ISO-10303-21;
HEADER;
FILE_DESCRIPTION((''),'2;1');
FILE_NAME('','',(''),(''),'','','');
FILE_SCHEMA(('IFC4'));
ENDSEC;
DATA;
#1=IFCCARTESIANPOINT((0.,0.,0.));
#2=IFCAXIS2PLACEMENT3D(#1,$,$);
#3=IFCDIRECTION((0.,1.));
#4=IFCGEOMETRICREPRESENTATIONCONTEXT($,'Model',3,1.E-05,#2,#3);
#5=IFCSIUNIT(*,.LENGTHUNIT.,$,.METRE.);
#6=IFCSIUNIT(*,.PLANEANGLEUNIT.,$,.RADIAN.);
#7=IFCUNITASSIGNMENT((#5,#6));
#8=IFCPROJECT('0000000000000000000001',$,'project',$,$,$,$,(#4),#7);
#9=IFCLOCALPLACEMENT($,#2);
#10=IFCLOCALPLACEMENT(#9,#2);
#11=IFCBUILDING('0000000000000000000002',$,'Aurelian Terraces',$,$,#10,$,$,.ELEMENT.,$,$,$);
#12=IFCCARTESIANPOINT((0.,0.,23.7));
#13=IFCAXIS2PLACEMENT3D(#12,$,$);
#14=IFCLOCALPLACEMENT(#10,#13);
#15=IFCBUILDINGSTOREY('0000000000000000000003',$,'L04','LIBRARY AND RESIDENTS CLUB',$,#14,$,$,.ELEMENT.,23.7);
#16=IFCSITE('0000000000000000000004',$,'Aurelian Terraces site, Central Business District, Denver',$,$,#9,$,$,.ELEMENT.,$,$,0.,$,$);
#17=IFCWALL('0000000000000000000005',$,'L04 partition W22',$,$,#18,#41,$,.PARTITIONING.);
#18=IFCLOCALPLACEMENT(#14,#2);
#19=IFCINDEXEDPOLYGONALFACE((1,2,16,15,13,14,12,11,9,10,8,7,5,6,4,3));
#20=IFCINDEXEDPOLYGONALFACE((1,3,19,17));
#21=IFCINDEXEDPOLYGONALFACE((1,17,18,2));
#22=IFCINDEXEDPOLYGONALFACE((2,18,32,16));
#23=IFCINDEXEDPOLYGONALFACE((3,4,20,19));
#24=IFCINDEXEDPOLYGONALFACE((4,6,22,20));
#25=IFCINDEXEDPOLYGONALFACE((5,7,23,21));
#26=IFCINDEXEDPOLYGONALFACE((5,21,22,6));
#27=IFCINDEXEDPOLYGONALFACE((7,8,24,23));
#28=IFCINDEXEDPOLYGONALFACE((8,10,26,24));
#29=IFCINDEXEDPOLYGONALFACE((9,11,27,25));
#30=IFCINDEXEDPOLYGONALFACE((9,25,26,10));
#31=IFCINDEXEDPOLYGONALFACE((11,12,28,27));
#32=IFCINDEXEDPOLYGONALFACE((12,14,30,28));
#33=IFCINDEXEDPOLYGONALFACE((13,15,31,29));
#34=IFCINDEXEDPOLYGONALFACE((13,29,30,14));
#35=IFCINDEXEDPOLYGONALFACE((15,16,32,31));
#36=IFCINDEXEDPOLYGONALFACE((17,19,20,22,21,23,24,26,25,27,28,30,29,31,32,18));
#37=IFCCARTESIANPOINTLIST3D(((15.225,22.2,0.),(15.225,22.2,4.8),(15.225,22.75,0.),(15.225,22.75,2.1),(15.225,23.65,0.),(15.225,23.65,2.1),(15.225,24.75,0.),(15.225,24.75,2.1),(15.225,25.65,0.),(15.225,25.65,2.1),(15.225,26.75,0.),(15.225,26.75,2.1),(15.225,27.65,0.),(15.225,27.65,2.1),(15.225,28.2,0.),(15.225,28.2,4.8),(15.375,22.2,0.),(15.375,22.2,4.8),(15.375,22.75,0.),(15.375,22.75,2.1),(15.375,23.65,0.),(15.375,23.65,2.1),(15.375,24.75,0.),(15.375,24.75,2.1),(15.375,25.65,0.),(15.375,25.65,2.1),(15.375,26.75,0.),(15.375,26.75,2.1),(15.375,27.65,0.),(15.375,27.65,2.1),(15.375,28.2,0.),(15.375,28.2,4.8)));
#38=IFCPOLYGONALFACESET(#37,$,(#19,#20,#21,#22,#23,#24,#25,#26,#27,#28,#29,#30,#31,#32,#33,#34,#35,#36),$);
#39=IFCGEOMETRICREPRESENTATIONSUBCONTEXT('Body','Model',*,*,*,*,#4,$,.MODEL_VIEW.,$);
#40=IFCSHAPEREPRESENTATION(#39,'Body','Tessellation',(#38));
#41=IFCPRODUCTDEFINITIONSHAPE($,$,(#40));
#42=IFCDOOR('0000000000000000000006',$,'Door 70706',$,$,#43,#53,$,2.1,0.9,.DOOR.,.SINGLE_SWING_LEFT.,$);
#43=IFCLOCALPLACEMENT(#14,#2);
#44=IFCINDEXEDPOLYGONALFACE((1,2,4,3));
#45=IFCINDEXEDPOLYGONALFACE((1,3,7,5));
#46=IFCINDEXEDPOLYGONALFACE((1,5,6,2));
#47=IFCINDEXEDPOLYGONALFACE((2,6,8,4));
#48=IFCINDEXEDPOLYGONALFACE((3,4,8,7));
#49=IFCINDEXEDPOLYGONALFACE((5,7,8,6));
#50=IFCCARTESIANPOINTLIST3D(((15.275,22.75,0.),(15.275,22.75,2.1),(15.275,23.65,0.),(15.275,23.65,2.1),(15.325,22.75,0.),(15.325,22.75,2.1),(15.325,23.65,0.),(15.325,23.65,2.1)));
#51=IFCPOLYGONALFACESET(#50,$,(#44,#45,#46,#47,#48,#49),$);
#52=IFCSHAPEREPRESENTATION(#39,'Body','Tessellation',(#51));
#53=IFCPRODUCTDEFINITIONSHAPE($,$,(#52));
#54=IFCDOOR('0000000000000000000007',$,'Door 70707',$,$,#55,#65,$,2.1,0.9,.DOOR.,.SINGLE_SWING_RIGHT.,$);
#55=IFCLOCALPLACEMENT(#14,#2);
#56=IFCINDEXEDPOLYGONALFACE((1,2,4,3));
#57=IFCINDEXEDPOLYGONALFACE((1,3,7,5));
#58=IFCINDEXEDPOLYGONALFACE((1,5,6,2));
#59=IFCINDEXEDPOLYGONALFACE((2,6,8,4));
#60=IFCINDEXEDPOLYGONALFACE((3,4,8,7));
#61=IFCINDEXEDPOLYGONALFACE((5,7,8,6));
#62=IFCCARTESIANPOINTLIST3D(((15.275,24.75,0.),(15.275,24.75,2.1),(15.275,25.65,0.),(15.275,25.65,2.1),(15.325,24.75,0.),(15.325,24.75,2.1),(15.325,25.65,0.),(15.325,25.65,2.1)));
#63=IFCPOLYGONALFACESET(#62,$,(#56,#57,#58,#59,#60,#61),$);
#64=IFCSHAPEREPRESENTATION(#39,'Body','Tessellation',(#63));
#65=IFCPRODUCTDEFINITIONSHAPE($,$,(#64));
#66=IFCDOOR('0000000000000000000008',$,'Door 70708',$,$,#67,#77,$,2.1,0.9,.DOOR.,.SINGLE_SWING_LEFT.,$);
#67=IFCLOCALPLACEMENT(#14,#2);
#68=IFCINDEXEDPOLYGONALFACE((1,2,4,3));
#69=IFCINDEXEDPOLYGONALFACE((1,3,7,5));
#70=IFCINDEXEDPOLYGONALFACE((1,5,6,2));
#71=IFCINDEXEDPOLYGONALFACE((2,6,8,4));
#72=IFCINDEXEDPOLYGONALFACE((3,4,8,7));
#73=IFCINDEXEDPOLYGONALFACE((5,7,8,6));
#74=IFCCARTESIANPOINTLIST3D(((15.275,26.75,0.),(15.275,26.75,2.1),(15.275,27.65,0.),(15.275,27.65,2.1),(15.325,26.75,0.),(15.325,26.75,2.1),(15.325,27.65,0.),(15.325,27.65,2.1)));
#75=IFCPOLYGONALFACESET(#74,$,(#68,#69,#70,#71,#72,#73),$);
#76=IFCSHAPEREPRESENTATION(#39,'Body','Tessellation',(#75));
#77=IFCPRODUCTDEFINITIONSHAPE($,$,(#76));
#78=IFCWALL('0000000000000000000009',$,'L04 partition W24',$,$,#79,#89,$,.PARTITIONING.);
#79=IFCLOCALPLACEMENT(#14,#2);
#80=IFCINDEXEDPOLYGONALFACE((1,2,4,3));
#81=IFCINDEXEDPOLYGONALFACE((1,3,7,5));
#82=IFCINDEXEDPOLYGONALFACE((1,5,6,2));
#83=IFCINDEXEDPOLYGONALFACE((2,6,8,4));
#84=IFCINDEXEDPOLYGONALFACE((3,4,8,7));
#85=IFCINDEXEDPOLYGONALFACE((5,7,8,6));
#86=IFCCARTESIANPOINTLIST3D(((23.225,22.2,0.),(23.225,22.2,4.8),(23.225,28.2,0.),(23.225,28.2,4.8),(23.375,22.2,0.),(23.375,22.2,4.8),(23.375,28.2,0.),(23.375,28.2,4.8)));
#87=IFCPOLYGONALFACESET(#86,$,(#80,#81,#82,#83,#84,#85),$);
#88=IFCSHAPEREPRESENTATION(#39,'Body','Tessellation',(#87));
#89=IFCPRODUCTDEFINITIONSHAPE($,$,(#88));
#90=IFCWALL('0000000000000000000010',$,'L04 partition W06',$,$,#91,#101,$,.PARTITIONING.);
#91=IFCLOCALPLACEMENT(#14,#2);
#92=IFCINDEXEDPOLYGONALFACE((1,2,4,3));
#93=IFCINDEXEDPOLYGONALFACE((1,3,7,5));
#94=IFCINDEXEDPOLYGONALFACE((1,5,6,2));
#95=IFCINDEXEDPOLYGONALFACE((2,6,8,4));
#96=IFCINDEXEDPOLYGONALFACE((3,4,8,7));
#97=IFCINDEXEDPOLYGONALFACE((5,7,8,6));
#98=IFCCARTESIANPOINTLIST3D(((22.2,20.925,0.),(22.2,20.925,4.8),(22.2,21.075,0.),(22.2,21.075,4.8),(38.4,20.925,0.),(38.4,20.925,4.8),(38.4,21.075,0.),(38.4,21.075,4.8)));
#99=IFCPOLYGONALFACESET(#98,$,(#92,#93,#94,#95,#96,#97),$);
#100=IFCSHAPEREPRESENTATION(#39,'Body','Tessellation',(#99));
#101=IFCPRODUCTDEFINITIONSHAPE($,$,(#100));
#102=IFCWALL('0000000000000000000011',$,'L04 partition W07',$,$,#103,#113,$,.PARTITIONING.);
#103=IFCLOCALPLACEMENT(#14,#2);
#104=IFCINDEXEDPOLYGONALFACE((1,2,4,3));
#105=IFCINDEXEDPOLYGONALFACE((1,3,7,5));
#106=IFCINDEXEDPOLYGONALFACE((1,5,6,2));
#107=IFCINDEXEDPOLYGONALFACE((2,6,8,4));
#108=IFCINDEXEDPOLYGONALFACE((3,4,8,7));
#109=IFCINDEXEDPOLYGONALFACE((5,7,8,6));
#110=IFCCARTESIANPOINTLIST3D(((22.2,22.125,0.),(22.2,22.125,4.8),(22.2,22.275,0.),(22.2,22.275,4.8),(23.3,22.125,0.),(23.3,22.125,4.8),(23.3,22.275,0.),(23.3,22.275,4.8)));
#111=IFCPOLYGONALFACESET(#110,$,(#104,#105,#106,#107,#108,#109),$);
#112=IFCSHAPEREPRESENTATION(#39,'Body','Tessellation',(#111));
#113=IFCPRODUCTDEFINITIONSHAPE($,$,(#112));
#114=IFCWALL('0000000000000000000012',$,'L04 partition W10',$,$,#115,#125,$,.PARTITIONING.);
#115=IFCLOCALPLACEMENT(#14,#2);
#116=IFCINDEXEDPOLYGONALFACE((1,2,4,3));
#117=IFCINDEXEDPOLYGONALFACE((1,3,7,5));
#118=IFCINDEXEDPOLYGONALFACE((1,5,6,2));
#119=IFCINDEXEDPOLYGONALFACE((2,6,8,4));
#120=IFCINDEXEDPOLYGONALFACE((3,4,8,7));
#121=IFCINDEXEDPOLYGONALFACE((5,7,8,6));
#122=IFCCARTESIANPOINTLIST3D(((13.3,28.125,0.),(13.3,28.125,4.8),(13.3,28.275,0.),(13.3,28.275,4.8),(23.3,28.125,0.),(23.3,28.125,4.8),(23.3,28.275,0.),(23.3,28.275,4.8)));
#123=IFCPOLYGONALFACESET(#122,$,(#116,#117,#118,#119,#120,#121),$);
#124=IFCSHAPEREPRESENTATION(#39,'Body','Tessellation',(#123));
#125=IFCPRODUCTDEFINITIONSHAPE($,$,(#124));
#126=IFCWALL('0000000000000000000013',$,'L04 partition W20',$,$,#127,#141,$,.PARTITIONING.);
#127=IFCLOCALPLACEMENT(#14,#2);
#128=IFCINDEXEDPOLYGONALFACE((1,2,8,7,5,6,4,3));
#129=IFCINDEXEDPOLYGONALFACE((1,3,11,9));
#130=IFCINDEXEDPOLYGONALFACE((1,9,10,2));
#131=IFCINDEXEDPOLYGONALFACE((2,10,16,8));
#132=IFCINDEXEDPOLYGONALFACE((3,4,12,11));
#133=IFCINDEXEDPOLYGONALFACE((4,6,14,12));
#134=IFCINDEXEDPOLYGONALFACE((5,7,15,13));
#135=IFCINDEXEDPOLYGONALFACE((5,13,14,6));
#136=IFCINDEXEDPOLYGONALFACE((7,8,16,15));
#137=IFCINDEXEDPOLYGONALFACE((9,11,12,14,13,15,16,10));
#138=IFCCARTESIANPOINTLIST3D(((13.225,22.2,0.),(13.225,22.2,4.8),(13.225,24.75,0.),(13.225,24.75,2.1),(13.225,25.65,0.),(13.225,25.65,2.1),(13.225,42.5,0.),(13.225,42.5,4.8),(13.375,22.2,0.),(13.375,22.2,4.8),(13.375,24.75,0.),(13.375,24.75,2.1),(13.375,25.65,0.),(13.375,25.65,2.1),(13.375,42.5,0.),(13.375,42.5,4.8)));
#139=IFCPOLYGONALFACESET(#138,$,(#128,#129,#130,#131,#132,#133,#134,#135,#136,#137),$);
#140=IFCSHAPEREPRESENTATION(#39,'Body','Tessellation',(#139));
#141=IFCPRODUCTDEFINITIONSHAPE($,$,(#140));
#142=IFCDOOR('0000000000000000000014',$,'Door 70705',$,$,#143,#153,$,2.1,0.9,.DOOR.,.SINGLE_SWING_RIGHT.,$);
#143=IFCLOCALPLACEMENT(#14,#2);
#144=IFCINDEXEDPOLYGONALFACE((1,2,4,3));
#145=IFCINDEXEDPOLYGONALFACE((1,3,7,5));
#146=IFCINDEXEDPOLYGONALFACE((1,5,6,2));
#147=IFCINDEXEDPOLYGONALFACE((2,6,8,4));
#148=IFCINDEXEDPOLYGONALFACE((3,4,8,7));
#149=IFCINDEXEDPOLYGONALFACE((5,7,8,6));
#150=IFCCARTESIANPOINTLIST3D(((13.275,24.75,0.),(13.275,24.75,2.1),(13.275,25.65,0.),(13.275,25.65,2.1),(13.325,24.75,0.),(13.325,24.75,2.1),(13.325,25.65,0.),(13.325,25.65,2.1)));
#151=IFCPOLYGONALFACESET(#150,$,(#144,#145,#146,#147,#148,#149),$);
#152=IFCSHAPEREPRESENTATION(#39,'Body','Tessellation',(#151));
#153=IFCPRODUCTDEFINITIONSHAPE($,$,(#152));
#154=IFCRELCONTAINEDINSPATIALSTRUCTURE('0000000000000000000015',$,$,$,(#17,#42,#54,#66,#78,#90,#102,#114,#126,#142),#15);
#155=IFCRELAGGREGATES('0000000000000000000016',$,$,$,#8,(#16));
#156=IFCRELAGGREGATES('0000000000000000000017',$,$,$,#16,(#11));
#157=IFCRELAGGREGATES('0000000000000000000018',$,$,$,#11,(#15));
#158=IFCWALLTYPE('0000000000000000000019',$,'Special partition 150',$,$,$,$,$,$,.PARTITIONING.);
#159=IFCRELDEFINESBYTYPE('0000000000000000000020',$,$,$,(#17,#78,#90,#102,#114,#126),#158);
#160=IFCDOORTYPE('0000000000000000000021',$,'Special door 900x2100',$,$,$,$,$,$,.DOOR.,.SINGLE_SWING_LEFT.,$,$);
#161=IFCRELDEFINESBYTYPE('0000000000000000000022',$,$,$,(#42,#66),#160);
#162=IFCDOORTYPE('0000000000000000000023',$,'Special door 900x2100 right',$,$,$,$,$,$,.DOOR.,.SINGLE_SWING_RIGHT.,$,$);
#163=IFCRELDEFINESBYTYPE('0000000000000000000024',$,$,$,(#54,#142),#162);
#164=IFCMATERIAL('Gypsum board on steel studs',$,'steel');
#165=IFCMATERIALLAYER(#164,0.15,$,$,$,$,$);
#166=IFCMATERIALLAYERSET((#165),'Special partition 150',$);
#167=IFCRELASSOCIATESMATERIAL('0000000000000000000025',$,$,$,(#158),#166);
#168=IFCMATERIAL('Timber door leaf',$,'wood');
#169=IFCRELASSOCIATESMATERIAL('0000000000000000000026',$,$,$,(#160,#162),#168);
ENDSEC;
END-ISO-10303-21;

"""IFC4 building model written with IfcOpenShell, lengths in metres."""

from ifc_helpers import new_model, si_unit, direction, frame, frame_2d, origin, place, context, subcontext, project, spatial, rectangle, extrude, source, transform, mapped, material, layer, layer_set, type_object, element, fill, save


model = new_model("IFC4")

# Units and contexts
model_context = context("Model", 3, precision=1e-05, world=origin(), true_north=direction((0.0, 1.0)))
body_context = subcontext(model_context, "Body", "Model", "MODEL_VIEW")
ifc_project = project(units=[si_unit("LENGTHUNIT", "METRE"), si_unit("PLANEANGLEUNIT", "RADIAN")], contexts=[model_context])

# Site, building, storey
site_placement = place(None, origin())
site = spatial("IfcSite", under=ifc_project, at=site_placement, Name="Aurelian Terraces site, Central Business District, Denver", CompositionType="ELEMENT", RefElevation=0.0)
building_placement = place(site_placement, origin())
building = spatial("IfcBuilding", under=site, at=building_placement, Name="Aurelian Terraces", CompositionType="ELEMENT")
storey_placement = place(building_placement, frame((0.0, 0.0, 23.7)))
storey = spatial("IfcBuildingStorey", under=building, at=storey_placement, Name="L04", Description="LIBRARY AND RESIDENTS CLUB", CompositionType="ELEMENT", Elevation=23.7)

# Shared definitions
ifc_material_1 = material(Name="Gypsum board on steel studs", Category="steel")
ifc_layer_1 = layer(ifc_material_1, 0.15)
ifc_layer_set_1 = layer_set([ifc_layer_1], Name="Special partition 150")
wall_type_1 = type_object("IfcWallType", Name="Special partition 150", PredefinedType="PARTITIONING", material=ifc_layer_set_1)

# Wall, openings, doors
shared_shape_1 = source(origin(), body_context, "Body", "SweptSolid", [
    extrude(rectangle(XDim=6.0, YDim=0.15, at=frame_2d((3.0, 0.0))), origin(), (0.0, 0.0, 1.0), 4.8),
])
wall_1_placement = place(storey_placement, frame((15.3, 22.2, 0.0), z_axis=(0.0, 0.0, 1.0), x_axis=(0.0, 1.0, 0.0)))
wall_1 = element("IfcWall", 1, at=wall_1_placement, inside=storey, type_object=wall_type_1, Name="L04 partition W22", PredefinedType="PARTITIONING", context=body_context, shape_type="MappedRepresentation", body=[
    mapped(shared_shape_1, transform((0.0, 0.0, 0.0), scale=1.0)),
])
shared_shape_2 = source(origin(), body_context, "Body", "SweptSolid", [
    extrude(rectangle(XDim=0.9, YDim=2.1, at=frame_2d((0.45, 1.05))), frame((0.0, 0.085, 0.0), z_axis=(0.0, -1.0, 0.0), x_axis=(1.0, 0.0, 0.0)), (0.0, 0.0, 1.0), 0.17),
])
opening_1_placement = place(wall_1_placement, frame((0.55, 0.0, 0.0)))
opening_1 = element("IfcOpeningElement", 2, at=opening_1_placement, cuts=wall_1, PredefinedType="OPENING", context=body_context, shape_type="MappedRepresentation", body=[
    mapped(shared_shape_2, transform((0.0, 0.0, 0.0), scale=1.0)),
])
opening_2_placement = place(wall_1_placement, frame((2.55, 0.0, 0.0)))
opening_2 = element("IfcOpeningElement", 3, at=opening_2_placement, cuts=wall_1, PredefinedType="OPENING", context=body_context, shape_type="MappedRepresentation", body=[
    mapped(shared_shape_2, transform((0.0, 0.0, 0.0), scale=1.0)),
])
opening_3_placement = place(wall_1_placement, frame((4.55, 0.0, 0.0)))
opening_3 = element("IfcOpeningElement", 4, at=opening_3_placement, cuts=wall_1, PredefinedType="OPENING", context=body_context, shape_type="MappedRepresentation", body=[
    mapped(shared_shape_2, transform((0.0, 0.0, 0.0), scale=1.0)),
])
ifc_material_2 = material(Name="Timber door leaf", Category="wood")
door_type_1 = type_object("IfcDoorType", Name="Special door 900x2100", OperationType="SINGLE_SWING_LEFT", PredefinedType="DOOR", material=ifc_material_2)
shared_shape_3 = source(origin(), body_context, "Body", "SweptSolid", [
    extrude(rectangle(XDim=0.9, YDim=2.1, at=frame_2d((0.45, 1.05))), frame((0.0, 0.025, 0.0), z_axis=(0.0, -1.0, 0.0), x_axis=(1.0, 0.0, 0.0)), (0.0, 0.0, 1.0), 0.05),
])
door_1_placement = place(opening_1_placement, origin())
door_1 = element("IfcDoor", 5, at=door_1_placement, inside=storey, type_object=door_type_1, Name="Door 70706", OperationType="SINGLE_SWING_LEFT", OverallHeight=2.1, OverallWidth=0.9, PredefinedType="DOOR", context=body_context, shape_type="MappedRepresentation", body=[
    mapped(shared_shape_3, transform((0.0, 0.0, 0.0), scale=1.0)),
])
fill(opening_1, door_1)
door_type_2 = type_object("IfcDoorType", Name="Special door 900x2100 right", OperationType="SINGLE_SWING_RIGHT", PredefinedType="DOOR", material=ifc_material_2)
door_2_placement = place(opening_2_placement, origin())
door_2 = element("IfcDoor", 6, at=door_2_placement, inside=storey, type_object=door_type_2, Name="Door 70707", OperationType="SINGLE_SWING_RIGHT", OverallHeight=2.1, OverallWidth=0.9, PredefinedType="DOOR", context=body_context, shape_type="MappedRepresentation", body=[
    mapped(shared_shape_3, transform((0.0, 0.0, 0.0), scale=1.0)),
])
fill(opening_2, door_2)
door_3_placement = place(opening_3_placement, origin())
door_3 = element("IfcDoor", 7, at=door_3_placement, inside=storey, type_object=door_type_1, Name="Door 70708", OperationType="SINGLE_SWING_LEFT", OverallHeight=2.1, OverallWidth=0.9, PredefinedType="DOOR", context=body_context, shape_type="MappedRepresentation", body=[
    mapped(shared_shape_3, transform((0.0, 0.0, 0.0), scale=1.0)),
])
fill(opening_3, door_3)

# Walls
wall_2_placement = place(storey_placement, frame((23.3, 22.2, 0.0), z_axis=(0.0, 0.0, 1.0), x_axis=(0.0, 1.0, 0.0)))
element("IfcWall", 8, at=wall_2_placement, inside=storey, type_object=wall_type_1, Name="L04 partition W24", PredefinedType="PARTITIONING", context=body_context, shape_type="MappedRepresentation", body=[
    mapped(shared_shape_1, transform((0.0, 0.0, 0.0), scale=1.0)),
])
shared_shape_4 = source(origin(), body_context, "Body", "SweptSolid", [
    extrude(rectangle(XDim=16.2, YDim=0.15, at=frame_2d((8.1, 0.0))), origin(), (0.0, 0.0, 1.0), 4.8),
])
wall_3_placement = place(storey_placement, frame((22.2, 21.0, 0.0), z_axis=(0.0, 0.0, 1.0), x_axis=(1.0, 0.0, 0.0)))
element("IfcWall", 9, at=wall_3_placement, inside=storey, type_object=wall_type_1, Name="L04 partition W06", PredefinedType="PARTITIONING", context=body_context, shape_type="MappedRepresentation", body=[
    mapped(shared_shape_4, transform((0.0, 0.0, 0.0), scale=1.0)),
])
shared_shape_5 = source(origin(), body_context, "Body", "SweptSolid", [
    extrude(rectangle(XDim=1.1, YDim=0.15, at=frame_2d((0.55, 0.0))), origin(), (0.0, 0.0, 1.0), 4.8),
])
wall_4_placement = place(storey_placement, frame((22.2, 22.2, 0.0), z_axis=(0.0, 0.0, 1.0), x_axis=(1.0, 0.0, 0.0)))
element("IfcWall", 10, at=wall_4_placement, inside=storey, type_object=wall_type_1, Name="L04 partition W07", PredefinedType="PARTITIONING", context=body_context, shape_type="MappedRepresentation", body=[
    mapped(shared_shape_5, transform((0.0, 0.0, 0.0), scale=1.0)),
])
shared_shape_6 = source(origin(), body_context, "Body", "SweptSolid", [
    extrude(rectangle(XDim=10.0, YDim=0.15, at=frame_2d((5.0, 0.0))), origin(), (0.0, 0.0, 1.0), 4.8),
])
wall_5_placement = place(storey_placement, frame((13.3, 28.2, 0.0), z_axis=(0.0, 0.0, 1.0), x_axis=(1.0, 0.0, 0.0)))
element("IfcWall", 11, at=wall_5_placement, inside=storey, type_object=wall_type_1, Name="L04 partition W10", PredefinedType="PARTITIONING", context=body_context, shape_type="MappedRepresentation", body=[
    mapped(shared_shape_6, transform((0.0, 0.0, 0.0), scale=1.0)),
])

# Wall, opening, door
shared_shape_7 = source(origin(), body_context, "Body", "SweptSolid", [
    extrude(rectangle(XDim=20.3, YDim=0.15, at=frame_2d((10.15, 0.0))), origin(), (0.0, 0.0, 1.0), 4.8),
])
wall_6_placement = place(storey_placement, frame((13.3, 22.2, 0.0), z_axis=(0.0, 0.0, 1.0), x_axis=(0.0, 1.0, 0.0)))
wall_6 = element("IfcWall", 12, at=wall_6_placement, inside=storey, type_object=wall_type_1, Name="L04 partition W20", PredefinedType="PARTITIONING", context=body_context, shape_type="MappedRepresentation", body=[
    mapped(shared_shape_7, transform((0.0, 0.0, 0.0), scale=1.0)),
])
opening_4_placement = place(wall_6_placement, frame((2.55, 0.0, 0.0)))
opening_4 = element("IfcOpeningElement", 13, at=opening_4_placement, cuts=wall_6, PredefinedType="OPENING", context=body_context, shape_type="MappedRepresentation", body=[
    mapped(shared_shape_2, transform((0.0, 0.0, 0.0), scale=1.0)),
])
door_4_placement = place(opening_4_placement, origin())
door_4 = element("IfcDoor", 14, at=door_4_placement, inside=storey, type_object=door_type_2, Name="Door 70705", OperationType="SINGLE_SWING_RIGHT", OverallHeight=2.1, OverallWidth=0.9, PredefinedType="DOOR", context=body_context, shape_type="MappedRepresentation", body=[
    mapped(shared_shape_3, transform((0.0, 0.0, 0.0), scale=1.0)),
])
fill(opening_4, door_4)

save(model, "model.ifc")
